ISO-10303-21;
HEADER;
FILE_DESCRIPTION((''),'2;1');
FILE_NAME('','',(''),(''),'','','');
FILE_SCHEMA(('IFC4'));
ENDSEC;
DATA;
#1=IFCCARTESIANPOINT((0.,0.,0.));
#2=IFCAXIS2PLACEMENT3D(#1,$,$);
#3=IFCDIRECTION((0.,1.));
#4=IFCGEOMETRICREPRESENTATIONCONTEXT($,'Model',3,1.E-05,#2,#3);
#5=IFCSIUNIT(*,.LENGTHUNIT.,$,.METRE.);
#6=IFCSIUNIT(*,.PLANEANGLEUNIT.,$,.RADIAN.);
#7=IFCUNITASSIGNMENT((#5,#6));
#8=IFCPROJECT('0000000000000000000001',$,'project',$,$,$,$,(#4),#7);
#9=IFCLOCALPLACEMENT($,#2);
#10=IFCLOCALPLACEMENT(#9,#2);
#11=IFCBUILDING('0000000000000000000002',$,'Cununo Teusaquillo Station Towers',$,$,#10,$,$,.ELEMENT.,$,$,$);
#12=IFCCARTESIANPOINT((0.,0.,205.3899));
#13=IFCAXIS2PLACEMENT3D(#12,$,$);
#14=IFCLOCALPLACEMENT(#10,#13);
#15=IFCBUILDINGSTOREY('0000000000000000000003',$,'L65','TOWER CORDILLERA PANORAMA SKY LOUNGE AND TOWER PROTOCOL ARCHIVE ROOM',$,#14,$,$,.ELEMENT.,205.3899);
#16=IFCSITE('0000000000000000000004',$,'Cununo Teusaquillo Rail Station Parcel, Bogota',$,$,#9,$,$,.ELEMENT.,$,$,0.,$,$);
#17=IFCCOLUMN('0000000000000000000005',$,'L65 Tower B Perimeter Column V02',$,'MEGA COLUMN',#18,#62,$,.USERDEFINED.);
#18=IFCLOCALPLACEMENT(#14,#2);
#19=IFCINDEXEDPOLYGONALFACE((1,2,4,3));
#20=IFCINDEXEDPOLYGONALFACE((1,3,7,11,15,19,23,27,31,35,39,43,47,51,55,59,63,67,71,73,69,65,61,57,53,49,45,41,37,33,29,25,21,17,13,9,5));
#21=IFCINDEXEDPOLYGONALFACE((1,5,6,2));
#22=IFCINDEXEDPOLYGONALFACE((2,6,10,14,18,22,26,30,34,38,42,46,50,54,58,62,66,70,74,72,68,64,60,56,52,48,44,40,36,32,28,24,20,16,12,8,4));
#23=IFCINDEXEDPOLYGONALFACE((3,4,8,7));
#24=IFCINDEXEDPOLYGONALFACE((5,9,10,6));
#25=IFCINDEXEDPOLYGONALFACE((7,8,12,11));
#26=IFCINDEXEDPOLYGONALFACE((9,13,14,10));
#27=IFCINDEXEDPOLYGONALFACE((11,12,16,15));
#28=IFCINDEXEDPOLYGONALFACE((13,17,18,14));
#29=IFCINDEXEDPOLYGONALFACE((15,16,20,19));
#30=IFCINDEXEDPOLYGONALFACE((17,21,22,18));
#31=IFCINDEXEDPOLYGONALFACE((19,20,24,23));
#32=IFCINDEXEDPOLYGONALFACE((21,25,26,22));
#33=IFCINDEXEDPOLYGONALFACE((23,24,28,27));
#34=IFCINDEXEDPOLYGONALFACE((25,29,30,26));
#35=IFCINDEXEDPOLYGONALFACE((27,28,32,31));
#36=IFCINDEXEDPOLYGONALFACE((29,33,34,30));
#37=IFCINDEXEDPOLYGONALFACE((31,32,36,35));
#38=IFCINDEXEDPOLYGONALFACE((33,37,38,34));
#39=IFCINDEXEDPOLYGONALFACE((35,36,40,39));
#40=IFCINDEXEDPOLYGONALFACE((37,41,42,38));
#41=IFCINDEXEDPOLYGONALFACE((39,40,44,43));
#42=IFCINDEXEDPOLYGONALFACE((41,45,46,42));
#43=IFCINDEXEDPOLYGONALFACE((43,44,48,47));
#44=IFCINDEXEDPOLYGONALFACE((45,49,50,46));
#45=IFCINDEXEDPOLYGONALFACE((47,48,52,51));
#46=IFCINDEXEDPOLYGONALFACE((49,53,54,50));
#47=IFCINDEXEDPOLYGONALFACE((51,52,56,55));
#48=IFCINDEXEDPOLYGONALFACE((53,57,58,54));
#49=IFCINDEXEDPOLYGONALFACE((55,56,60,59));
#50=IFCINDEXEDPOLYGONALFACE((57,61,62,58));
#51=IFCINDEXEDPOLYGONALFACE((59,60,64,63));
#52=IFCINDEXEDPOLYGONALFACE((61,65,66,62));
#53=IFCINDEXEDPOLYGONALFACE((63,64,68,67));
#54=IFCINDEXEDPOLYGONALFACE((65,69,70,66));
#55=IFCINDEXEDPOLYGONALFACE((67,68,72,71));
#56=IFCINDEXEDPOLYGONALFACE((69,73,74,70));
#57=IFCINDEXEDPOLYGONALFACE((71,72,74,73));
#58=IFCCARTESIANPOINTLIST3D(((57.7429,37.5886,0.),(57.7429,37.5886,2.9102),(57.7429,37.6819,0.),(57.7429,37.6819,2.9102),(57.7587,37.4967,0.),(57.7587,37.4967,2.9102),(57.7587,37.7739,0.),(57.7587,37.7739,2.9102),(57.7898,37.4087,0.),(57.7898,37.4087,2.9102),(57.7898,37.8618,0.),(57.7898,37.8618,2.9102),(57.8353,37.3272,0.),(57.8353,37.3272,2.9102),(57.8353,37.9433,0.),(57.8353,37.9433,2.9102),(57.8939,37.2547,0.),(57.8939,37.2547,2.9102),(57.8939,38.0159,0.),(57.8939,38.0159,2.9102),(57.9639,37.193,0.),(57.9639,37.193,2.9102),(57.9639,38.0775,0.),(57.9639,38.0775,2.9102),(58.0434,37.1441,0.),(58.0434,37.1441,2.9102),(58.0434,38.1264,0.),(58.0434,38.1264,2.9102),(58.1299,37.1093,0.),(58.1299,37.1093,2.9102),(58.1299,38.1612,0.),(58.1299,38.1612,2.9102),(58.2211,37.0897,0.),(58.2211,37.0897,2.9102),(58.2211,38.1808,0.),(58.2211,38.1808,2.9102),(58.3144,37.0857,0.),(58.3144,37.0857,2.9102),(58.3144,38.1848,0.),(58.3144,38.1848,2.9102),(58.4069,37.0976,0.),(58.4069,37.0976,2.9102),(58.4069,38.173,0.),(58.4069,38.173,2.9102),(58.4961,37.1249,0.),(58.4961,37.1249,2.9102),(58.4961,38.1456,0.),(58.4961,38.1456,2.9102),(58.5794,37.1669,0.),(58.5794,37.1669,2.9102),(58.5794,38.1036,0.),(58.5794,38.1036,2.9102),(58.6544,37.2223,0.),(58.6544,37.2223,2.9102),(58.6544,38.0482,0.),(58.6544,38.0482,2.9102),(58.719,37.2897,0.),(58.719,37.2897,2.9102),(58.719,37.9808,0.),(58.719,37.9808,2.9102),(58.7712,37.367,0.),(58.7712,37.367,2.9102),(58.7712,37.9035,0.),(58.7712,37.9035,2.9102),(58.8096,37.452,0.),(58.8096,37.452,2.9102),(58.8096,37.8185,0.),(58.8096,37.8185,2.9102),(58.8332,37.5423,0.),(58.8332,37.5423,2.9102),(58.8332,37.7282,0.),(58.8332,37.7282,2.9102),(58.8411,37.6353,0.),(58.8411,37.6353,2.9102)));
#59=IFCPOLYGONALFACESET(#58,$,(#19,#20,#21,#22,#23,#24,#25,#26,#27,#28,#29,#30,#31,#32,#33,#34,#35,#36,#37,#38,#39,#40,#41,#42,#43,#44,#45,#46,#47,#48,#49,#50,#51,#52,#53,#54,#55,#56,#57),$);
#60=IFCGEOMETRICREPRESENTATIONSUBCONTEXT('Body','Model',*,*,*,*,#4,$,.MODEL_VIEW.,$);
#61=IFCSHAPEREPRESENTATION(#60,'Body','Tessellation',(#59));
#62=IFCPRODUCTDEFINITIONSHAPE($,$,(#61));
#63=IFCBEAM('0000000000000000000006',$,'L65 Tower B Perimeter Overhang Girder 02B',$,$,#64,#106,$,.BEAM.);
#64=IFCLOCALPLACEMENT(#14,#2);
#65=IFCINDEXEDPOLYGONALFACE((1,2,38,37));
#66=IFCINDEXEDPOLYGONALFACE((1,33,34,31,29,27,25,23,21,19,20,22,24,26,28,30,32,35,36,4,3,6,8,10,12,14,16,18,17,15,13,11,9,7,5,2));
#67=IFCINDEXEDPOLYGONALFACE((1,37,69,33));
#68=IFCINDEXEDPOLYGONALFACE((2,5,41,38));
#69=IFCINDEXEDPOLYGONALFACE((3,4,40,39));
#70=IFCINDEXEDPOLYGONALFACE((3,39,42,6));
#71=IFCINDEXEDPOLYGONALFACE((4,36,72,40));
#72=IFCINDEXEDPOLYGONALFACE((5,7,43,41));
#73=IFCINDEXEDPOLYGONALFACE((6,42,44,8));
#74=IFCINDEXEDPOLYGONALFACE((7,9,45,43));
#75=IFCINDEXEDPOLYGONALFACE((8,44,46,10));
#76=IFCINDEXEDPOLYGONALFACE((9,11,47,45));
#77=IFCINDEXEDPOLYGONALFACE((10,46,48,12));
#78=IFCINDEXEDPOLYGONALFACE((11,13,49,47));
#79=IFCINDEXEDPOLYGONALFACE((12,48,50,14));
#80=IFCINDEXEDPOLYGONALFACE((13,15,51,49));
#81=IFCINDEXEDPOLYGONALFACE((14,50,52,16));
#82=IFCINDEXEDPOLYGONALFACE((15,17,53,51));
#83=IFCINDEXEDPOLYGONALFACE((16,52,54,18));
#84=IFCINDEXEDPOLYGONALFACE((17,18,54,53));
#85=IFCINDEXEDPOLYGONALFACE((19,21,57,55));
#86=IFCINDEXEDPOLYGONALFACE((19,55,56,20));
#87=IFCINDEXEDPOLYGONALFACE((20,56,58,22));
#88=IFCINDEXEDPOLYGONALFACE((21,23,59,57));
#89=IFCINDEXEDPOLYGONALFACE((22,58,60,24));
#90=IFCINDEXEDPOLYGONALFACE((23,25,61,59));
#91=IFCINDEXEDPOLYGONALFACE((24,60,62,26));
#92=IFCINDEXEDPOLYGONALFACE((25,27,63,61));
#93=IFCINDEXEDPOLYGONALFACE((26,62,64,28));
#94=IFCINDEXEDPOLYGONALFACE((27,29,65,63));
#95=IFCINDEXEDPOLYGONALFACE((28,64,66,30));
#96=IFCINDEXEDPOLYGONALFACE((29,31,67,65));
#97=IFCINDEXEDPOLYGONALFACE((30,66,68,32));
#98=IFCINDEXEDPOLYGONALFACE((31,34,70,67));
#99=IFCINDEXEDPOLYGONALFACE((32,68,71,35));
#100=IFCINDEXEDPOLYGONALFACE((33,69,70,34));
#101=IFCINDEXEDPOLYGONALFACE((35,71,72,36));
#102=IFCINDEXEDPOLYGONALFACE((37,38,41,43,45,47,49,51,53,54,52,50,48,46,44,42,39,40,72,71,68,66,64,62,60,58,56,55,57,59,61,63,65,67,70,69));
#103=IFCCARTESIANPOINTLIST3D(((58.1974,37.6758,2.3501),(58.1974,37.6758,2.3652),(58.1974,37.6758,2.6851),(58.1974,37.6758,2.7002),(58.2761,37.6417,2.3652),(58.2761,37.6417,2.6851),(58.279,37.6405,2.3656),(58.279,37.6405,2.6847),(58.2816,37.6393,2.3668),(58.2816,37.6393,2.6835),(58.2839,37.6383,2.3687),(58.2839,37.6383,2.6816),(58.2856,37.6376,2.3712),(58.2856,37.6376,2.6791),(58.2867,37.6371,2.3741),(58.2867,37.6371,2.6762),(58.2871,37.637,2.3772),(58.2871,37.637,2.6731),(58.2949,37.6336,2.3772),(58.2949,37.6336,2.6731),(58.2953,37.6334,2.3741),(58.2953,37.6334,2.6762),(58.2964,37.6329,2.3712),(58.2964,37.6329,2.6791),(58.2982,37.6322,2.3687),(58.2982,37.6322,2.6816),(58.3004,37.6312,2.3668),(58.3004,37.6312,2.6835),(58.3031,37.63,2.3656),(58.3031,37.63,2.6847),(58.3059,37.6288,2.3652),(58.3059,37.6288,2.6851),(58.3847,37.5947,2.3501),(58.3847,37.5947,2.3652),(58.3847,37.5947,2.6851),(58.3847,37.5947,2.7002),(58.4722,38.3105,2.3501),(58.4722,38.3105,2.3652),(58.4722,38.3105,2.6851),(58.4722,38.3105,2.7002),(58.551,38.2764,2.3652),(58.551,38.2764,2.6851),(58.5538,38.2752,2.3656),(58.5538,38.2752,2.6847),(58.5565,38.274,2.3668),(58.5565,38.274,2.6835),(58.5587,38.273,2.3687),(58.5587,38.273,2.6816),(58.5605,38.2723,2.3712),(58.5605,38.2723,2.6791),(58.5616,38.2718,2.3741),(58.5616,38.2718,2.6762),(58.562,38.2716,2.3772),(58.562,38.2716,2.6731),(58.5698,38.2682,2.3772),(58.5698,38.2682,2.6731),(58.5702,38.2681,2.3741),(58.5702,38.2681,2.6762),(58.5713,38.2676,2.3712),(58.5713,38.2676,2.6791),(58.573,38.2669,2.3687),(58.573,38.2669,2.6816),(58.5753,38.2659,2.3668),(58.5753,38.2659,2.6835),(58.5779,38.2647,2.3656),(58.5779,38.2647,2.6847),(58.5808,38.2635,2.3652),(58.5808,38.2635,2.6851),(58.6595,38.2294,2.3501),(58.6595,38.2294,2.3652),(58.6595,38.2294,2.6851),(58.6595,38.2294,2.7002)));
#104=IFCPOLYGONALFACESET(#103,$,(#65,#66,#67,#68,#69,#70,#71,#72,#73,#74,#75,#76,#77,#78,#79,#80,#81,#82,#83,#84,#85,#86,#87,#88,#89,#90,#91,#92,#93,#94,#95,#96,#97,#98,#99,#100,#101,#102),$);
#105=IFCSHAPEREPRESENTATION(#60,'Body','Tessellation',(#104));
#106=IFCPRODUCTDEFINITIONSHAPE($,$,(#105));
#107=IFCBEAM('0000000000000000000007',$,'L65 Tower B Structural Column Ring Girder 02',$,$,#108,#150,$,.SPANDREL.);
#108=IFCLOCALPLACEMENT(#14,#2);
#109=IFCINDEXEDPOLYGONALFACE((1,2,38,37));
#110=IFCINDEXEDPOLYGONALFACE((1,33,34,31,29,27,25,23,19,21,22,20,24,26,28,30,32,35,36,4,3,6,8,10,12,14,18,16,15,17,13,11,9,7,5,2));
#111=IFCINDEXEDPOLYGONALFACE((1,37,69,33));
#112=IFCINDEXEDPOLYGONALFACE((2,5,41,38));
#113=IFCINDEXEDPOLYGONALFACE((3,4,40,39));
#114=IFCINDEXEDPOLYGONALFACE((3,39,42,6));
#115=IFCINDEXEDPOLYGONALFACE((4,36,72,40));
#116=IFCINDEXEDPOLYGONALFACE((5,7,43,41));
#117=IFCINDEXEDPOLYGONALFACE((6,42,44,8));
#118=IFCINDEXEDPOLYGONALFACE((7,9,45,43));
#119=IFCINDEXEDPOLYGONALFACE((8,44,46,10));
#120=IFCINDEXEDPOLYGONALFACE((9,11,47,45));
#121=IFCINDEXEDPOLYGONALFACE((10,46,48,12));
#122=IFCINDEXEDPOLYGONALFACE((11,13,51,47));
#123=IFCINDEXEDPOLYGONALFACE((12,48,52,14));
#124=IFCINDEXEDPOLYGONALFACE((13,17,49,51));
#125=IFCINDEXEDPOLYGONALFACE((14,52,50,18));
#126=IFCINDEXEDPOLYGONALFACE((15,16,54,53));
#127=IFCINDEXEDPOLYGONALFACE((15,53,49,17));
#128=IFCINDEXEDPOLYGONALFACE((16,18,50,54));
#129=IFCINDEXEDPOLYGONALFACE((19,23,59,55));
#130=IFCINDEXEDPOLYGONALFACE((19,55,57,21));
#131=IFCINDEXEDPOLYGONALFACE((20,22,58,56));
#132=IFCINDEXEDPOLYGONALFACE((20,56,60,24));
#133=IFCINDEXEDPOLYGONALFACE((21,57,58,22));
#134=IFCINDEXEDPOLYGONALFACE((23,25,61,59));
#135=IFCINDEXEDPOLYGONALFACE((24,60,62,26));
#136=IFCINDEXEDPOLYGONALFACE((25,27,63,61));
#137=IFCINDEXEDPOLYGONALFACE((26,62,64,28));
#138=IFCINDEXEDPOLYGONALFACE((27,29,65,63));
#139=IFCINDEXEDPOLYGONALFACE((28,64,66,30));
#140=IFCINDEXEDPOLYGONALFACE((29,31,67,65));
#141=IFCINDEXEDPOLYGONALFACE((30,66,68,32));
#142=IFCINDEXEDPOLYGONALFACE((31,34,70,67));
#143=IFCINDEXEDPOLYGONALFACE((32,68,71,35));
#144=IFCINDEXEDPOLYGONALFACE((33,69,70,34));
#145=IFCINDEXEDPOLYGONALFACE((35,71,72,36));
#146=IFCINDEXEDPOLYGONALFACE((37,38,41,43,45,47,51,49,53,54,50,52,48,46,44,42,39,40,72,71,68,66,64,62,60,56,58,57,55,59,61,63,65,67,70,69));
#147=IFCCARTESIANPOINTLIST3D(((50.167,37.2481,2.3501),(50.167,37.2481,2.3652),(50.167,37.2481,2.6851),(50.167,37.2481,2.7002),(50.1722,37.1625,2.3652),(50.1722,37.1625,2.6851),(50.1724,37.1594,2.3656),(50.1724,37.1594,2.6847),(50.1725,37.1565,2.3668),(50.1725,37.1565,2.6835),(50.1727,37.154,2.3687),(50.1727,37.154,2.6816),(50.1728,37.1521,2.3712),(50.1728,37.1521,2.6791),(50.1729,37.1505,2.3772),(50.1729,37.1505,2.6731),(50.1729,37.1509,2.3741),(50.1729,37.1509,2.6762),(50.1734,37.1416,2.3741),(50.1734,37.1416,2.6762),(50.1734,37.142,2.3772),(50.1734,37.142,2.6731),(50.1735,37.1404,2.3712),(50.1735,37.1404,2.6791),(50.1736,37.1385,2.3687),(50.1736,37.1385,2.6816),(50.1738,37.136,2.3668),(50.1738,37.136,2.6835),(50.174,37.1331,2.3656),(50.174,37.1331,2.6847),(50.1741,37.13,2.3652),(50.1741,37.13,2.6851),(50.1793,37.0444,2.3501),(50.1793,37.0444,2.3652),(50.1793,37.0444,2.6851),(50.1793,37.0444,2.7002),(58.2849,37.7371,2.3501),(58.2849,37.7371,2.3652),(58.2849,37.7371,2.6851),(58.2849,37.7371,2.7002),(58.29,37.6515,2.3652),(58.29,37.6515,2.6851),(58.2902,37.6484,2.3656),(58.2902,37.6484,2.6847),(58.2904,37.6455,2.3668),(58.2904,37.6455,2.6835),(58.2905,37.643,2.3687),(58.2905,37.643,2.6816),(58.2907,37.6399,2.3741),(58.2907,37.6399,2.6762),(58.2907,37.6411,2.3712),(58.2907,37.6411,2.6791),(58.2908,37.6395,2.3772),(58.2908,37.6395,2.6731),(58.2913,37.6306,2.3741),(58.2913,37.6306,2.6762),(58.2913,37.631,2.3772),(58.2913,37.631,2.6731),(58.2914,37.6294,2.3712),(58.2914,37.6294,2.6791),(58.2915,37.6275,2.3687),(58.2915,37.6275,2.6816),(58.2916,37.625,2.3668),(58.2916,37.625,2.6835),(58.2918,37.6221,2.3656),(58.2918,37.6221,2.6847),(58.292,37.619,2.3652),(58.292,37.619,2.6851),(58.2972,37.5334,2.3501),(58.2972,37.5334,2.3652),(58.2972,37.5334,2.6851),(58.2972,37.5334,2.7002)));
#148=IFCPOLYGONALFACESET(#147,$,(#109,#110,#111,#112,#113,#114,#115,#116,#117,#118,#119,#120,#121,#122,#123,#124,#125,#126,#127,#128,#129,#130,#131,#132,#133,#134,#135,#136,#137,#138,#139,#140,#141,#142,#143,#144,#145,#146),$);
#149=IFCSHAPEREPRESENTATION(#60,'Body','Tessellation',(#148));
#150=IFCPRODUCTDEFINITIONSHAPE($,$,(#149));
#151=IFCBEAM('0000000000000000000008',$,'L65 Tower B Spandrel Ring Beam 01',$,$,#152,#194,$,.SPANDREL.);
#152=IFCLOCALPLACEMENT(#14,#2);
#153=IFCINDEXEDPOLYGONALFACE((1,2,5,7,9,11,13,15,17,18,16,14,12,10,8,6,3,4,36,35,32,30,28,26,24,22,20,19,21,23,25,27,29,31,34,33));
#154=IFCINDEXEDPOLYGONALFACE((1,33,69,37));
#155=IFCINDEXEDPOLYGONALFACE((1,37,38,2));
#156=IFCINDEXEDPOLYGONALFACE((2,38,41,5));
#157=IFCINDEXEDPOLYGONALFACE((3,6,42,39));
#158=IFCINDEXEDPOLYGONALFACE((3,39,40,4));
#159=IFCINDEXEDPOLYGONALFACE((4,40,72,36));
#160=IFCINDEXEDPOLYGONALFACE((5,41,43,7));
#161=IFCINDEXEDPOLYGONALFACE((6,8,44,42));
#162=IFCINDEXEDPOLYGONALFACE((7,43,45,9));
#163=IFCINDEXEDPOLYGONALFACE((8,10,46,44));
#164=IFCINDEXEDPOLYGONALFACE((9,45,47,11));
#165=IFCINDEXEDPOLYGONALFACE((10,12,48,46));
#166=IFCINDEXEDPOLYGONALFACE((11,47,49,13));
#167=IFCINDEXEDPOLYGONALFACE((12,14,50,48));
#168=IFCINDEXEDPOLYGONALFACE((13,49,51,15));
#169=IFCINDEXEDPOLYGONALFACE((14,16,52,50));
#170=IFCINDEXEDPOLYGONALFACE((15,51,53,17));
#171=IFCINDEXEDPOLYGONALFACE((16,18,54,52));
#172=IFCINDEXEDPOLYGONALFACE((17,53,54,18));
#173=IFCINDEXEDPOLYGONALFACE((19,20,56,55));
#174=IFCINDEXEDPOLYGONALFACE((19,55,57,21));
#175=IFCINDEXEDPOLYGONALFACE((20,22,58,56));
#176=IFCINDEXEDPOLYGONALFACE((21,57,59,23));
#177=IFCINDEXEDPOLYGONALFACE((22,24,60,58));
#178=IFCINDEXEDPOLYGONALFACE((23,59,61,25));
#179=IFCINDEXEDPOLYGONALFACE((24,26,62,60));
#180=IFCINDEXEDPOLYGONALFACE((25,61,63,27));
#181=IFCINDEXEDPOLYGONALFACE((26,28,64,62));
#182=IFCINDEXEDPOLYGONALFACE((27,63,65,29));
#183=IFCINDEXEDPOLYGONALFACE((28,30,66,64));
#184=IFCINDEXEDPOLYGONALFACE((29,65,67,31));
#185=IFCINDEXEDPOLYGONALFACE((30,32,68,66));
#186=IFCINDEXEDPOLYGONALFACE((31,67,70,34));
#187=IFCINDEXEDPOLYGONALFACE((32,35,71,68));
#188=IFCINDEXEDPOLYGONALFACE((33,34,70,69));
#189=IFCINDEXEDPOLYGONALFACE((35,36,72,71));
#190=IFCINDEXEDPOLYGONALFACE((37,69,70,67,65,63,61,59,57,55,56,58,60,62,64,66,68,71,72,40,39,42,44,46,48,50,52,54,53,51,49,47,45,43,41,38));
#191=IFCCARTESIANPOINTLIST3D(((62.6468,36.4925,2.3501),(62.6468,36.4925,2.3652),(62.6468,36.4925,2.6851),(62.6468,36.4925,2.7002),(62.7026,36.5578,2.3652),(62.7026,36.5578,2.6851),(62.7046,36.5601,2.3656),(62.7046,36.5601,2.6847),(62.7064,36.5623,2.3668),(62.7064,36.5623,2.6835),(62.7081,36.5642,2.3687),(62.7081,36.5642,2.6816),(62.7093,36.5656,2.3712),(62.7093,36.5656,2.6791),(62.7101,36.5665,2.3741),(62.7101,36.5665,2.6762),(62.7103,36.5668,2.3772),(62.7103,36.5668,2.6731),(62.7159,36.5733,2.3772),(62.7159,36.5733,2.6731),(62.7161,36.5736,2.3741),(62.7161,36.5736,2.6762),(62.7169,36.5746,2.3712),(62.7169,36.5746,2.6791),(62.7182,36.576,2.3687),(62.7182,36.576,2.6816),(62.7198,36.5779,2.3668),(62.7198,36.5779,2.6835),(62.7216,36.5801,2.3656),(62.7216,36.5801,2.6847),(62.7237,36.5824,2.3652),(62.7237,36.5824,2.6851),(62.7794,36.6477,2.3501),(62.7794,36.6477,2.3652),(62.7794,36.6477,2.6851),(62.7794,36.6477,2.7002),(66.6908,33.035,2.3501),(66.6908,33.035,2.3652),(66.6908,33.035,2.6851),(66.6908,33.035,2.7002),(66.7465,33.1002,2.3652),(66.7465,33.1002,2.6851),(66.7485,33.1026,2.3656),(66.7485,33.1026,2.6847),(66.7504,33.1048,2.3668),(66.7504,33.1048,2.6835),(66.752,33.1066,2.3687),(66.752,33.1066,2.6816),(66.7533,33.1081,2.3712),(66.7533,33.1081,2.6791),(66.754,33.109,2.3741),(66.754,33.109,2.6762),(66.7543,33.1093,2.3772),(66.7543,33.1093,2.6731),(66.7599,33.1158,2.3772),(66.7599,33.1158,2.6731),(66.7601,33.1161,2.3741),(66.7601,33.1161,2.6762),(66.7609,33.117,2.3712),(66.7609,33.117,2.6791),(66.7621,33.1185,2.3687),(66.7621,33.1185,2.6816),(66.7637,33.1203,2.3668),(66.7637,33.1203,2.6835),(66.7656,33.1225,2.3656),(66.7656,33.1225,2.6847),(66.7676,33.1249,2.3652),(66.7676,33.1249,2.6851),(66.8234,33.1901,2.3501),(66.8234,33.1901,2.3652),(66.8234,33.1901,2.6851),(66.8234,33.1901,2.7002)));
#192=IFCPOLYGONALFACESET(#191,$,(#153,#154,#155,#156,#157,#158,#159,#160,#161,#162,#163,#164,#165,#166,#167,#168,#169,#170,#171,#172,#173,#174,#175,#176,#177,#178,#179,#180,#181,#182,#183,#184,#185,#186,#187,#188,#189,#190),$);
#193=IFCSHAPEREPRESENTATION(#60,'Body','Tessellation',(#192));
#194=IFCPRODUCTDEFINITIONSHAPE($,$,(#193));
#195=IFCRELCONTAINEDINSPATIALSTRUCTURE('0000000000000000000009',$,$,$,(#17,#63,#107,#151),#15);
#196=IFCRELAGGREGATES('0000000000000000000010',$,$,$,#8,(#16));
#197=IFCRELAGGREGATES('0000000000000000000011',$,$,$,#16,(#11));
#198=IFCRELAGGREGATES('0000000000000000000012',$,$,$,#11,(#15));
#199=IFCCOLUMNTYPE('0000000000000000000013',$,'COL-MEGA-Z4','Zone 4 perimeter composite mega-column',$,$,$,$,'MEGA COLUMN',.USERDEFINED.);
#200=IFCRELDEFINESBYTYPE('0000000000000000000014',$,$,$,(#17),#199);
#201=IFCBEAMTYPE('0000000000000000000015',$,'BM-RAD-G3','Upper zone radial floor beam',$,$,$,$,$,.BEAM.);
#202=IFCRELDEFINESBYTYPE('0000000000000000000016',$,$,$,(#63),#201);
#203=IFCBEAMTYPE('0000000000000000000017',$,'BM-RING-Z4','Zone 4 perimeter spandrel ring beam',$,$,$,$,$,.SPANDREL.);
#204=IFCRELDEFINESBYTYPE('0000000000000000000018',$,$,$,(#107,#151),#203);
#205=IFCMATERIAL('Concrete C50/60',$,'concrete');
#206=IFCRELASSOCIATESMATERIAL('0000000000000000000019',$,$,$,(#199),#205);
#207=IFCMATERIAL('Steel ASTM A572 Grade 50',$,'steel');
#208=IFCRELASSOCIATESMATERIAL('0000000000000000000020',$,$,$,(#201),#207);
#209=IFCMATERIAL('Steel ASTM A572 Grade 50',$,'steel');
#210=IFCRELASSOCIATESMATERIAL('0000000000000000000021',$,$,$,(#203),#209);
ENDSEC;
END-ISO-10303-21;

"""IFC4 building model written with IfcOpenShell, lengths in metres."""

from ifc_helpers import new_model, si_unit, direction, frame, origin, origin_2d, place, context, subcontext, project, spatial, circle, i_section, extrude, material, material_profile, profile_set, type_object, element, save


model = new_model("IFC4")

# Units and contexts
model_context = context("Model", 3, precision=1e-05, world=origin(), true_north=direction((0.0, 1.0)))
body_context = subcontext(model_context, "Body", "Model", "MODEL_VIEW")
ifc_project = project(units=[si_unit("LENGTHUNIT", "METRE"), si_unit("PLANEANGLEUNIT", "RADIAN")], contexts=[model_context])

# Site, building, storey
site_placement = place(None, origin())
site = spatial("IfcSite", under=ifc_project, at=site_placement, Name="Cununo Teusaquillo Rail Station Parcel, Bogota", CompositionType="ELEMENT", RefElevation=0.0)
building_placement = place(site_placement, origin())
building = spatial("IfcBuilding", under=site, at=building_placement, Name="Cununo Teusaquillo Station Towers", CompositionType="ELEMENT")
storey_placement = place(building_placement, frame((0.0, 0.0, 205.3899)))
storey = spatial("IfcBuildingStorey", under=building, at=storey_placement, Name="L65", Description="TOWER CORDILLERA PANORAMA SKY LOUNGE AND TOWER PROTOCOL ARCHIVE ROOM", CompositionType="ELEMENT", Elevation=205.3899)

# Column
ifc_material_1 = material(Name="Concrete C50/60", Category="concrete")
ifc_material_profile_1 = material_profile(ifc_material_1, circle(Radius=0.55, at=origin_2d()), Name="RC-CIRC-1100")
ifc_profile_set_1 = profile_set([ifc_material_profile_1], Name="Concrete C50/60")
column_type = type_object("IfcColumnType", Name="COL-MEGA-Z4", Description="Zone 4 perimeter composite mega-column", ElementType="MEGA COLUMN", PredefinedType="USERDEFINED", material=ifc_profile_set_1)
column_placement = place(storey_placement, frame((58.291, 37.6353, 0.0), z_axis=(0.0, 0.0, 1.0), x_axis=(1.0, 0.0, 0.0)))
element("IfcColumn", 1, at=column_placement, inside=storey, type_object=column_type, Name="L65 Tower B Perimeter Column V02", ObjectType="MEGA COLUMN", PredefinedType="USERDEFINED", context=body_context, shape_type="SweptSolid", body=[
    extrude(circle(Radius=0.55, at=origin_2d()), origin(), (0.0, 0.0, 1.0), 2.9102),
])

# Beams
ifc_material_2 = material(Name="Steel ASTM A572 Grade 50", Category="steel")
ifc_material_profile_2 = material_profile(ifc_material_2, i_section(OverallWidth=0.2041, OverallDepth=0.3501, WebThickness=0.0085, FlangeThickness=0.0151, FilletRadius=0.012, at=origin_2d()), Name="W14X48")
ifc_profile_set_2 = profile_set([ifc_material_profile_2], Name="Steel ASTM A572 Grade 50")
beam_type_1 = type_object("IfcBeamType", Name="BM-RAD-G3", Description="Upper zone radial floor beam", PredefinedType="BEAM", material=ifc_profile_set_2)
beam_1_placement = place(storey_placement, frame((58.291, 37.6353, 2.5251), z_axis=(0.397409, 0.917641, 0.0), x_axis=(-0.917641, 0.397409, 0.0)))
element("IfcBeam", 2, at=beam_1_placement, inside=storey, type_object=beam_type_1, Name="L65 Tower B Perimeter Overhang Girder 02B", PredefinedType="BEAM", context=body_context, shape_type="SweptSolid", body=[
    extrude(i_section(OverallWidth=0.2041, OverallDepth=0.3501, WebThickness=0.0085, FlangeThickness=0.0151, FilletRadius=0.012, at=origin_2d()), origin(), (0.0, 0.0, 1.0), 0.6917),
])
ifc_material_3 = material(Name="Steel ASTM A572 Grade 50", Category="steel")
ifc_material_profile_3 = material_profile(ifc_material_3, i_section(OverallWidth=0.2041, OverallDepth=0.3501, WebThickness=0.0085, FlangeThickness=0.0151, FilletRadius=0.012, at=origin_2d()), Name="W14X48")
ifc_profile_set_3 = profile_set([ifc_material_profile_3], Name="Steel ASTM A572 Grade 50")
beam_type_2 = type_object("IfcBeamType", Name="BM-RING-Z4", Description="Zone 4 perimeter spandrel ring beam", PredefinedType="SPANDREL", material=ifc_profile_set_3)
beam_2_placement = place(storey_placement, frame((58.291, 37.6353, 2.5251), z_axis=(-0.998191, -0.06013, 0.0), x_axis=(0.06013, -0.998191, 0.0)))
element("IfcBeam", 3, at=beam_2_placement, inside=storey, type_object=beam_type_2, Name="L65 Tower B Structural Column Ring Girder 02", PredefinedType="SPANDREL", context=body_context, shape_type="SweptSolid", body=[
    extrude(i_section(OverallWidth=0.2041, OverallDepth=0.3501, WebThickness=0.0085, FlangeThickness=0.0151, FilletRadius=0.012, at=origin_2d()), origin(), (0.0, 0.0, 1.0), 8.1326),
])
beam_3_placement = place(storey_placement, frame((66.7571, 33.1125, 2.5251), z_axis=(-0.760066, 0.649846, 0.0), x_axis=(-0.649846, -0.760066, 0.0)))
element("IfcBeam", 4, at=beam_3_placement, inside=storey, type_object=beam_type_2, Name="L65 Tower B Spandrel Ring Beam 01", PredefinedType="SPANDREL", context=body_context, shape_type="SweptSolid", body=[
    extrude(i_section(OverallWidth=0.2041, OverallDepth=0.3501, WebThickness=0.0085, FlangeThickness=0.0151, FilletRadius=0.012, at=origin_2d()), origin(), (0.0, 0.0, 1.0), 5.3206),
])

save(model, "model.ifc")
